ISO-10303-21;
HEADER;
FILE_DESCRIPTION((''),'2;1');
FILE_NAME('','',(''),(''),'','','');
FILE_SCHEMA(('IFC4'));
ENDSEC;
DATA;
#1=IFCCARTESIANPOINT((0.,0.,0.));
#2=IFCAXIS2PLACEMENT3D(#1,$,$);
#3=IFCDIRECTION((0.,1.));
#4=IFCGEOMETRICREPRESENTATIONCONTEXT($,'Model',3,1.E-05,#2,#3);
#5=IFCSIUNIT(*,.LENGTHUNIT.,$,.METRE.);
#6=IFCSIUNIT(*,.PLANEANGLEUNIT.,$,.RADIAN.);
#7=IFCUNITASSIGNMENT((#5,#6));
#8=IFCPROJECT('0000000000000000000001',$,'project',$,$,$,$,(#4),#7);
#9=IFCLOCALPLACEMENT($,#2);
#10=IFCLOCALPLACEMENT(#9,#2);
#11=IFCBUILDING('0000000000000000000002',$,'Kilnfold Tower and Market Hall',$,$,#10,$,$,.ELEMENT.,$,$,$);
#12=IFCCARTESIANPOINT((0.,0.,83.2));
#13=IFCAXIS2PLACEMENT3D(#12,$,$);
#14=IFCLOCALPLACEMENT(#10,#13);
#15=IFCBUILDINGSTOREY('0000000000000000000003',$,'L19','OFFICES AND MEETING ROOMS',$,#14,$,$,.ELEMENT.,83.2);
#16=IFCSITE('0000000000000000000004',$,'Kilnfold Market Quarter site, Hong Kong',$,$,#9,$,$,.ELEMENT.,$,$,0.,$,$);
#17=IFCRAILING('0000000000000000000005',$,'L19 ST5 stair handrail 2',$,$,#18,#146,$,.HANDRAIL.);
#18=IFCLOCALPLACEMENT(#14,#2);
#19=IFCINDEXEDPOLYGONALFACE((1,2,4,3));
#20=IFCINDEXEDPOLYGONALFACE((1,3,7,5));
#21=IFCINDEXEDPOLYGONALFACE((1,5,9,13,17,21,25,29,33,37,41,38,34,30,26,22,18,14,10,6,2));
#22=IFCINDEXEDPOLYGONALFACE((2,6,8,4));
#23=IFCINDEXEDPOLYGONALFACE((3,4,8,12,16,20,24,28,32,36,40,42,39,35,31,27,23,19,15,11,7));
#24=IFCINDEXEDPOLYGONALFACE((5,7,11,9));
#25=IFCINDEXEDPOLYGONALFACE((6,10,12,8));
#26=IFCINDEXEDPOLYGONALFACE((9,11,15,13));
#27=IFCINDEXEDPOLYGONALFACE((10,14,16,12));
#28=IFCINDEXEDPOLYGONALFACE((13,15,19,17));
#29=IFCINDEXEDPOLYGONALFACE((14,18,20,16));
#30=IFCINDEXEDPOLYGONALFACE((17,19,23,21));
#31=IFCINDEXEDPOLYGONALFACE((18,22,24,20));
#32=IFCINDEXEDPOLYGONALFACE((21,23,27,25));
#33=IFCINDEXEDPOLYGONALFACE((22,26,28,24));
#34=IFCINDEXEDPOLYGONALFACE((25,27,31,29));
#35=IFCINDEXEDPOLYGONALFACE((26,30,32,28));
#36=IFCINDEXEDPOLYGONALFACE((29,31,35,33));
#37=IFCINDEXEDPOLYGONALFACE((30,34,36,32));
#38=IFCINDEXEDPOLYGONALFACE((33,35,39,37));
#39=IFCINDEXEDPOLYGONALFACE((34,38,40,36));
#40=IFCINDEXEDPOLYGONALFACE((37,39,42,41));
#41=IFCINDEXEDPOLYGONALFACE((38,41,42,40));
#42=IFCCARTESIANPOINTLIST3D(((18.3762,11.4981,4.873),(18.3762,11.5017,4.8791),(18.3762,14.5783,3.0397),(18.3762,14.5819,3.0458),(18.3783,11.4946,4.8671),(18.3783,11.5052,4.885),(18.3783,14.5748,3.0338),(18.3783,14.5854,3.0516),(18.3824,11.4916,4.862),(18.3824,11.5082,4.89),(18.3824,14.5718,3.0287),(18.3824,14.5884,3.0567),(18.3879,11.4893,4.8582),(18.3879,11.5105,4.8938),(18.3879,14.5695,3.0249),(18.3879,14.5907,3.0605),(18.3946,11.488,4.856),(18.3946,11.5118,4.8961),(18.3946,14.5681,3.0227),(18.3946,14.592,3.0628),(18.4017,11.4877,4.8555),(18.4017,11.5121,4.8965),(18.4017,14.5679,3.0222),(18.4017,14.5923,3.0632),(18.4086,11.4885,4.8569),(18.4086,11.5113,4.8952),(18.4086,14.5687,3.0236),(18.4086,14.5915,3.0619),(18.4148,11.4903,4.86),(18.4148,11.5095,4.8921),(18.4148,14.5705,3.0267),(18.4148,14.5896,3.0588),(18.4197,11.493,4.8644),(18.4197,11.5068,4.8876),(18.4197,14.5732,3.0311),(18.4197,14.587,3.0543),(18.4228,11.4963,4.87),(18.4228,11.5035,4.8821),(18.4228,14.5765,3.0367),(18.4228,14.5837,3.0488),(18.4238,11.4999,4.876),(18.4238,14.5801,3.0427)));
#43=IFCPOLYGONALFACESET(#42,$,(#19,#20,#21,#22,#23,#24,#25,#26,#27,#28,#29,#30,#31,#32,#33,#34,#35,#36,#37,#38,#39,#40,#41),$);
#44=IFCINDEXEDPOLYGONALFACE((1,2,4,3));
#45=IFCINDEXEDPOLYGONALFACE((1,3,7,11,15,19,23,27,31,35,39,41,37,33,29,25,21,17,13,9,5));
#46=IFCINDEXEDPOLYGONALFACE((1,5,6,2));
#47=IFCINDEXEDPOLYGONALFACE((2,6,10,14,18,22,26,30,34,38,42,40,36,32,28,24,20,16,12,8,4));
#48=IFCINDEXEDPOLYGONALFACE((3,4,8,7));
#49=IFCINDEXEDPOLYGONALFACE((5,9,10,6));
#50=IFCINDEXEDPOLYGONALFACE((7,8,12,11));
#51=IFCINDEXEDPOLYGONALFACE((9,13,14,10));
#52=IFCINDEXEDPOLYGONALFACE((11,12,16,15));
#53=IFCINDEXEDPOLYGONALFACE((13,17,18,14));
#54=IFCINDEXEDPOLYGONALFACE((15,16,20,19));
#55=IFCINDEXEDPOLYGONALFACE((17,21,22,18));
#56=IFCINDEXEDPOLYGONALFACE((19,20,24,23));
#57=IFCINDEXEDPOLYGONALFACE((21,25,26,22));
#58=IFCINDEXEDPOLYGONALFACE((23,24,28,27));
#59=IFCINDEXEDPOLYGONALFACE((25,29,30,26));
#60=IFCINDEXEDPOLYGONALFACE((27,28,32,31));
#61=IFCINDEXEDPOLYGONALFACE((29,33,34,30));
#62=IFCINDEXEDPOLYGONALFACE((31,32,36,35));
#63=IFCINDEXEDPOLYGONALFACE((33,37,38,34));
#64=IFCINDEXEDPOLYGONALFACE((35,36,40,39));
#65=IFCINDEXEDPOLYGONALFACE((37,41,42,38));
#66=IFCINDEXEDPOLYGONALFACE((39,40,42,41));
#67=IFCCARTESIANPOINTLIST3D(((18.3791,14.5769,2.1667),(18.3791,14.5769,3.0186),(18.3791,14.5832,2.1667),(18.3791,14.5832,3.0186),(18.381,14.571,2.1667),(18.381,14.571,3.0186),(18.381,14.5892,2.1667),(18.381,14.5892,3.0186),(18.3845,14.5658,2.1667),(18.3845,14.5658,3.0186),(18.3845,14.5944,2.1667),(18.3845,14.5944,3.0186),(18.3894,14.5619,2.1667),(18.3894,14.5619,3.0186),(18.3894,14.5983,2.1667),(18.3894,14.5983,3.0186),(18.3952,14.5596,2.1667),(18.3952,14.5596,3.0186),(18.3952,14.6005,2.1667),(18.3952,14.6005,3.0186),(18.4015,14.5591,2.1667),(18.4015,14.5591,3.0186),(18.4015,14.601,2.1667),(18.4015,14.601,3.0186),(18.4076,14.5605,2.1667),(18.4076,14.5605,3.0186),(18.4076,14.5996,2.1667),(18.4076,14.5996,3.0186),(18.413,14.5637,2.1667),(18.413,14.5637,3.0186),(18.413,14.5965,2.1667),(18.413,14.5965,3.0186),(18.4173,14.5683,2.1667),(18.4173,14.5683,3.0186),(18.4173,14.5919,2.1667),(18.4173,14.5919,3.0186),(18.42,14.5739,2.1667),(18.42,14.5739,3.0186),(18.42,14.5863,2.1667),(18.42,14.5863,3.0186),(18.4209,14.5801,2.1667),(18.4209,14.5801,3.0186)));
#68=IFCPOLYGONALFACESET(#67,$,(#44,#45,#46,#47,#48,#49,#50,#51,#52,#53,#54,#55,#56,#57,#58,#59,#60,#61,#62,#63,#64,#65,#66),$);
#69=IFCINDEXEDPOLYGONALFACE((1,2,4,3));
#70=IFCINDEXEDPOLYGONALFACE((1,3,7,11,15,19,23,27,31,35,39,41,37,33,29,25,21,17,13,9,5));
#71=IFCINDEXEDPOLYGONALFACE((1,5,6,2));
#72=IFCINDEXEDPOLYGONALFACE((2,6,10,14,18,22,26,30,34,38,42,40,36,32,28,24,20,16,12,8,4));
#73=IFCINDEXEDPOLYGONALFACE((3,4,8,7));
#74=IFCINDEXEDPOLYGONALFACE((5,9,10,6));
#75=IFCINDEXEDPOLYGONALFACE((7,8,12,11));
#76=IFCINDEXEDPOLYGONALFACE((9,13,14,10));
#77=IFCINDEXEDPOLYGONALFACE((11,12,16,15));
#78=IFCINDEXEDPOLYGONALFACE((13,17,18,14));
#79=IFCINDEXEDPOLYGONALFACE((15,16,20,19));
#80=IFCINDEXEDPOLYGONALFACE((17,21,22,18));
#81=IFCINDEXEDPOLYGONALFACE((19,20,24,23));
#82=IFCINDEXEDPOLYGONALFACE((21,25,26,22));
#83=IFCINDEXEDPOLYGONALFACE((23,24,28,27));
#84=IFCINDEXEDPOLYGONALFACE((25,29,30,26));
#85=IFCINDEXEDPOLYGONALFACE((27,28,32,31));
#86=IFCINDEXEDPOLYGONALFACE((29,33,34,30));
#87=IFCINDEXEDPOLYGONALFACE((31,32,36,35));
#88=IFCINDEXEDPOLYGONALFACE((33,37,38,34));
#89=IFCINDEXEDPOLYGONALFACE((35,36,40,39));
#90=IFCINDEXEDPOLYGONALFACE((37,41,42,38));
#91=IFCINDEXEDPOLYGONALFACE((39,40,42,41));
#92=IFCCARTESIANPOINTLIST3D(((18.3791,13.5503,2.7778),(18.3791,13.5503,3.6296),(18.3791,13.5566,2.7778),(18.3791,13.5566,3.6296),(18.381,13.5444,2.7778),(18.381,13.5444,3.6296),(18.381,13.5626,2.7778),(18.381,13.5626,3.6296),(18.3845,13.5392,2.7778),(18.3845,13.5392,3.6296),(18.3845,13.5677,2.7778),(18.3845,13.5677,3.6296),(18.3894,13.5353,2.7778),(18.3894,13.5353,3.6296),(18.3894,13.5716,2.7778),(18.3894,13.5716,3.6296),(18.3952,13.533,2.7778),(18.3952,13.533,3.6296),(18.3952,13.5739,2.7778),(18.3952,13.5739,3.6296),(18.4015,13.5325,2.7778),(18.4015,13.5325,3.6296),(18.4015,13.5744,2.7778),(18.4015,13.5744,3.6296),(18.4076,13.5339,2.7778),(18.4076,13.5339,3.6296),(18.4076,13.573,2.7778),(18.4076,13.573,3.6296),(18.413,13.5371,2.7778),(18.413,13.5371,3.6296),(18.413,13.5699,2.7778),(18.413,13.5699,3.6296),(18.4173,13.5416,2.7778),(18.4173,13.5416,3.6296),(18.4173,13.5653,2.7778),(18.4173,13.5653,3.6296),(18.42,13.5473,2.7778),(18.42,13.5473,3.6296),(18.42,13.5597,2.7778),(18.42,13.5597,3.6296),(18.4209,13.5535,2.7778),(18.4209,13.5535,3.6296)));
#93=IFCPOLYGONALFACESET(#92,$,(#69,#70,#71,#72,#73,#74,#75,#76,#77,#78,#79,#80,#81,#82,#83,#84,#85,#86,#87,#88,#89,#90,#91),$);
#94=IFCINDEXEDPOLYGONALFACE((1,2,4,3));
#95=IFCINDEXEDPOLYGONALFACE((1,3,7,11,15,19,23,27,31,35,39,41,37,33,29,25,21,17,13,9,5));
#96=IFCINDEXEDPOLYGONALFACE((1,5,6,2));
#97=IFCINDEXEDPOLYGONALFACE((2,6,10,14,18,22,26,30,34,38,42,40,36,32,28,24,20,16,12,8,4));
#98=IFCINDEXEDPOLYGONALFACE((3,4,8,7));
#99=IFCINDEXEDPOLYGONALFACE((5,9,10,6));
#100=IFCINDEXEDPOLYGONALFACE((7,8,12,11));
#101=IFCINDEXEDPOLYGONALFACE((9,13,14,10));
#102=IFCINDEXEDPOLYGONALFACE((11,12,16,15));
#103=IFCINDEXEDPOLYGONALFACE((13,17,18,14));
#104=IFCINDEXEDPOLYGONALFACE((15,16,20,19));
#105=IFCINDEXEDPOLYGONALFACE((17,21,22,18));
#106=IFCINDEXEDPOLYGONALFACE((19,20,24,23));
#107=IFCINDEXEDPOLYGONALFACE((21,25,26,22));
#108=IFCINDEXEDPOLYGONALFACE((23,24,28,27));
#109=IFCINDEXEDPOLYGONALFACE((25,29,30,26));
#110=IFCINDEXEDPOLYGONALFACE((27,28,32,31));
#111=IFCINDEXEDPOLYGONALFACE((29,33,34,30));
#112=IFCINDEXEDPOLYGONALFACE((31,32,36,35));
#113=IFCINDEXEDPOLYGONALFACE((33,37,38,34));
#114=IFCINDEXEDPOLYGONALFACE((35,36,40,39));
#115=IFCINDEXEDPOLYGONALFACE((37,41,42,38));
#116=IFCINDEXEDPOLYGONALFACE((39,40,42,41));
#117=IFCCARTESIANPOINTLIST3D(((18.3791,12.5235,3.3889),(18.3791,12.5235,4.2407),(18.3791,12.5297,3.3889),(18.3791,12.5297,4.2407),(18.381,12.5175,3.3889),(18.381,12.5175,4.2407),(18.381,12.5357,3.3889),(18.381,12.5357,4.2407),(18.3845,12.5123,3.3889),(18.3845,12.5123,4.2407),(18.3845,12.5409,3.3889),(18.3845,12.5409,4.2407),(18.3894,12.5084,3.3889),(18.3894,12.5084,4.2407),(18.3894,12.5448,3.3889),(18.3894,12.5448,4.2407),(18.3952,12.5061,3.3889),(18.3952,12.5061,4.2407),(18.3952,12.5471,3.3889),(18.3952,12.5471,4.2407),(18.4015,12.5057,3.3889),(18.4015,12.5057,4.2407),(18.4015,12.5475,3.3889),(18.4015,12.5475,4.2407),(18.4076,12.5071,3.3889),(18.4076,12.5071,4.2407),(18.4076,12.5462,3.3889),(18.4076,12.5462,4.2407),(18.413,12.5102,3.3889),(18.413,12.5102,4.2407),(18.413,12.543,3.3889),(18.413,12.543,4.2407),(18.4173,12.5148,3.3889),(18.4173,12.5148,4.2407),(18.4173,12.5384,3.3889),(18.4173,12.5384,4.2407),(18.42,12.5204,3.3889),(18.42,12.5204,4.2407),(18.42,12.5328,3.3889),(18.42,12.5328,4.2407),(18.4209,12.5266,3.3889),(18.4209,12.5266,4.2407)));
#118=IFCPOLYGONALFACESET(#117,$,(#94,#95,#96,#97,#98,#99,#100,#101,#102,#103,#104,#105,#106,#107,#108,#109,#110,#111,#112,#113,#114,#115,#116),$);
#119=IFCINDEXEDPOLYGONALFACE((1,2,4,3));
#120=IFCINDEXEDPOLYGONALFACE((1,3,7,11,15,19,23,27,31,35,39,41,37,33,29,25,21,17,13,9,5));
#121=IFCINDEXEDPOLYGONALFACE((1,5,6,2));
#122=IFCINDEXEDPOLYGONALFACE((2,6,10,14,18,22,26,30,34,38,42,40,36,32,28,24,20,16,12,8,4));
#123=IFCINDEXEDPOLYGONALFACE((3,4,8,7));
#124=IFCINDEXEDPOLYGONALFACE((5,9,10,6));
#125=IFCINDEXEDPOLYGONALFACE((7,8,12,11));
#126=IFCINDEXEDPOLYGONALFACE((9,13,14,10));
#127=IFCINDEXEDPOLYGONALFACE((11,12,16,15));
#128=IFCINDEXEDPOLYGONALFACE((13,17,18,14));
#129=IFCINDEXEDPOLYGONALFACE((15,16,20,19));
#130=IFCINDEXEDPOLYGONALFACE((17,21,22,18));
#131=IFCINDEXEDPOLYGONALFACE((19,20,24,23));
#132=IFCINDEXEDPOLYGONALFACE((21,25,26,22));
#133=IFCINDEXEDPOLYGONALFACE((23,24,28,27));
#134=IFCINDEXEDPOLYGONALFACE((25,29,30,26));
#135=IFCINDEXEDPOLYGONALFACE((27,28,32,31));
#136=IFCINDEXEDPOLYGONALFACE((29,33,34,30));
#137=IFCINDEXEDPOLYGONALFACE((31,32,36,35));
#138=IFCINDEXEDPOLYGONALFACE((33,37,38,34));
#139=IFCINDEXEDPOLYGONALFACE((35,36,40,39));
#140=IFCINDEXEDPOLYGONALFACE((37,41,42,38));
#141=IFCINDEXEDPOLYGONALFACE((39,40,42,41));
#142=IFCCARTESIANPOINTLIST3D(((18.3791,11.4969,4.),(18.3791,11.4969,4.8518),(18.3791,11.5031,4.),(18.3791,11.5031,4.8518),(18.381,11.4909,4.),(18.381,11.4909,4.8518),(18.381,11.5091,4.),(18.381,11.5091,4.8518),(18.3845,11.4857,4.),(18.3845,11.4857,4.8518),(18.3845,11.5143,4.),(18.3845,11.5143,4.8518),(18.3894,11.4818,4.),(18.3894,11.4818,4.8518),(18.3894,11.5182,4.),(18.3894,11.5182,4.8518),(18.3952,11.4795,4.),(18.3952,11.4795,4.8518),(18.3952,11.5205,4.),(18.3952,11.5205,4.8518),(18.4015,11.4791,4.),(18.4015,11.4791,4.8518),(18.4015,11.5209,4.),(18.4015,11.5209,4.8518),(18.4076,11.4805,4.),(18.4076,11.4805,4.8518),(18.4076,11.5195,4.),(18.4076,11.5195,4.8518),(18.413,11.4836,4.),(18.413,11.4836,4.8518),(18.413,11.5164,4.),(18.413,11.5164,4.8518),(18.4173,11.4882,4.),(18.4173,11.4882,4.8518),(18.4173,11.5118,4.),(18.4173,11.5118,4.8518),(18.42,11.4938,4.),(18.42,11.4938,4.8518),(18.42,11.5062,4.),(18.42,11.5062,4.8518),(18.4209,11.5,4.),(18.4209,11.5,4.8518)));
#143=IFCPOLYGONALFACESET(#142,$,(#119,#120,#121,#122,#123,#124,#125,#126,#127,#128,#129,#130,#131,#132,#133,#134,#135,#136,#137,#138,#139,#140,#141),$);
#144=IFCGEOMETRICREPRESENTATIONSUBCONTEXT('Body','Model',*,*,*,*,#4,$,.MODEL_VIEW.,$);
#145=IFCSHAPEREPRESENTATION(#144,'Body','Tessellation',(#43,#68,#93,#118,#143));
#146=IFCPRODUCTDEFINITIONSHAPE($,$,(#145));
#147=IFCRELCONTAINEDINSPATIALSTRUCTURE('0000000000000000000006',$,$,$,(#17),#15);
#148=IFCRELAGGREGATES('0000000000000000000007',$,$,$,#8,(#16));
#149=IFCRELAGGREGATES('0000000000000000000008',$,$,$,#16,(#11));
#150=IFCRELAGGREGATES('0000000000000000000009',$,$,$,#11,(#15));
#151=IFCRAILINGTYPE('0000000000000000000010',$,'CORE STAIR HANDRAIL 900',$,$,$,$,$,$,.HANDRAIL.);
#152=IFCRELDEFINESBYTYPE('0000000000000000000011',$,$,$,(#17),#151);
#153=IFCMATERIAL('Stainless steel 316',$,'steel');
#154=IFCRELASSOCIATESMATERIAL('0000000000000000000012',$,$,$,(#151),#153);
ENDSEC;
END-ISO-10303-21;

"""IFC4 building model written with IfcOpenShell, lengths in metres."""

from ifc_helpers import new_model, si_unit, direction, frame, origin, origin_2d, place, context, subcontext, project, spatial, circle, extrude, material, type_object, element, save


model = new_model("IFC4")

# Units and contexts
model_context = context("Model", 3, precision=1e-05, world=origin(), true_north=direction((0.0, 1.0)))
body_context = subcontext(model_context, "Body", "Model", "MODEL_VIEW")
ifc_project = project(units=[si_unit("LENGTHUNIT", "METRE"), si_unit("PLANEANGLEUNIT", "RADIAN")], contexts=[model_context])

# Site, building, storey
site_placement = place(None, origin())
site = spatial("IfcSite", under=ifc_project, at=site_placement, Name="Kilnfold Market Quarter site, Hong Kong", CompositionType="ELEMENT", RefElevation=0.0)
building_placement = place(site_placement, origin())
building = spatial("IfcBuilding", under=site, at=building_placement, Name="Kilnfold Tower and Market Hall", CompositionType="ELEMENT")
storey_placement = place(building_placement, frame((0.0, 0.0, 83.2)))
storey = spatial("IfcBuildingStorey", under=building, at=storey_placement, Name="L19", Description="OFFICES AND MEETING ROOMS", CompositionType="ELEMENT", Elevation=83.2)

# Railing
ifc_material_1 = material(Name="Stainless steel 316", Category="steel")
railing_type_1 = type_object("IfcRailingType", Name="CORE STAIR HANDRAIL 900", PredefinedType="HANDRAIL", material=ifc_material_1)
railing_1_placement = place(storey_placement, frame((18.3999, 14.5801, 2.1667)))
element("IfcRailing", 1, at=railing_1_placement, inside=storey, type_object=railing_type_1, Name="L19 ST5 stair handrail 2", PredefinedType="HANDRAIL", context=body_context, shape_type="SweptSolid", body=[
    extrude(circle(Radius=0.0239, at=origin_2d()), frame((0.0, 0.0, 0.876), z_axis=(0.0, -0.859309, 0.511458), x_axis=(1.0, 0.0, 0.0)), (0.0, 0.0, 1.0), 3.5845),
    extrude(circle(Radius=0.021, at=origin_2d()), origin(), (0.0, 0.0, 1.0), 0.8518),
    extrude(circle(Radius=0.021, at=origin_2d()), frame((0.0, -1.0266, 0.6111)), (0.0, 0.0, 1.0), 0.8518),
    extrude(circle(Radius=0.021, at=origin_2d()), frame((0.0, -2.0535, 1.2222)), (0.0, 0.0, 1.0), 0.8518),
    extrude(circle(Radius=0.021, at=origin_2d()), frame((0.0, -3.0801, 1.8333)), (0.0, 0.0, 1.0), 0.8518),
])

save(model, "model.ifc")
